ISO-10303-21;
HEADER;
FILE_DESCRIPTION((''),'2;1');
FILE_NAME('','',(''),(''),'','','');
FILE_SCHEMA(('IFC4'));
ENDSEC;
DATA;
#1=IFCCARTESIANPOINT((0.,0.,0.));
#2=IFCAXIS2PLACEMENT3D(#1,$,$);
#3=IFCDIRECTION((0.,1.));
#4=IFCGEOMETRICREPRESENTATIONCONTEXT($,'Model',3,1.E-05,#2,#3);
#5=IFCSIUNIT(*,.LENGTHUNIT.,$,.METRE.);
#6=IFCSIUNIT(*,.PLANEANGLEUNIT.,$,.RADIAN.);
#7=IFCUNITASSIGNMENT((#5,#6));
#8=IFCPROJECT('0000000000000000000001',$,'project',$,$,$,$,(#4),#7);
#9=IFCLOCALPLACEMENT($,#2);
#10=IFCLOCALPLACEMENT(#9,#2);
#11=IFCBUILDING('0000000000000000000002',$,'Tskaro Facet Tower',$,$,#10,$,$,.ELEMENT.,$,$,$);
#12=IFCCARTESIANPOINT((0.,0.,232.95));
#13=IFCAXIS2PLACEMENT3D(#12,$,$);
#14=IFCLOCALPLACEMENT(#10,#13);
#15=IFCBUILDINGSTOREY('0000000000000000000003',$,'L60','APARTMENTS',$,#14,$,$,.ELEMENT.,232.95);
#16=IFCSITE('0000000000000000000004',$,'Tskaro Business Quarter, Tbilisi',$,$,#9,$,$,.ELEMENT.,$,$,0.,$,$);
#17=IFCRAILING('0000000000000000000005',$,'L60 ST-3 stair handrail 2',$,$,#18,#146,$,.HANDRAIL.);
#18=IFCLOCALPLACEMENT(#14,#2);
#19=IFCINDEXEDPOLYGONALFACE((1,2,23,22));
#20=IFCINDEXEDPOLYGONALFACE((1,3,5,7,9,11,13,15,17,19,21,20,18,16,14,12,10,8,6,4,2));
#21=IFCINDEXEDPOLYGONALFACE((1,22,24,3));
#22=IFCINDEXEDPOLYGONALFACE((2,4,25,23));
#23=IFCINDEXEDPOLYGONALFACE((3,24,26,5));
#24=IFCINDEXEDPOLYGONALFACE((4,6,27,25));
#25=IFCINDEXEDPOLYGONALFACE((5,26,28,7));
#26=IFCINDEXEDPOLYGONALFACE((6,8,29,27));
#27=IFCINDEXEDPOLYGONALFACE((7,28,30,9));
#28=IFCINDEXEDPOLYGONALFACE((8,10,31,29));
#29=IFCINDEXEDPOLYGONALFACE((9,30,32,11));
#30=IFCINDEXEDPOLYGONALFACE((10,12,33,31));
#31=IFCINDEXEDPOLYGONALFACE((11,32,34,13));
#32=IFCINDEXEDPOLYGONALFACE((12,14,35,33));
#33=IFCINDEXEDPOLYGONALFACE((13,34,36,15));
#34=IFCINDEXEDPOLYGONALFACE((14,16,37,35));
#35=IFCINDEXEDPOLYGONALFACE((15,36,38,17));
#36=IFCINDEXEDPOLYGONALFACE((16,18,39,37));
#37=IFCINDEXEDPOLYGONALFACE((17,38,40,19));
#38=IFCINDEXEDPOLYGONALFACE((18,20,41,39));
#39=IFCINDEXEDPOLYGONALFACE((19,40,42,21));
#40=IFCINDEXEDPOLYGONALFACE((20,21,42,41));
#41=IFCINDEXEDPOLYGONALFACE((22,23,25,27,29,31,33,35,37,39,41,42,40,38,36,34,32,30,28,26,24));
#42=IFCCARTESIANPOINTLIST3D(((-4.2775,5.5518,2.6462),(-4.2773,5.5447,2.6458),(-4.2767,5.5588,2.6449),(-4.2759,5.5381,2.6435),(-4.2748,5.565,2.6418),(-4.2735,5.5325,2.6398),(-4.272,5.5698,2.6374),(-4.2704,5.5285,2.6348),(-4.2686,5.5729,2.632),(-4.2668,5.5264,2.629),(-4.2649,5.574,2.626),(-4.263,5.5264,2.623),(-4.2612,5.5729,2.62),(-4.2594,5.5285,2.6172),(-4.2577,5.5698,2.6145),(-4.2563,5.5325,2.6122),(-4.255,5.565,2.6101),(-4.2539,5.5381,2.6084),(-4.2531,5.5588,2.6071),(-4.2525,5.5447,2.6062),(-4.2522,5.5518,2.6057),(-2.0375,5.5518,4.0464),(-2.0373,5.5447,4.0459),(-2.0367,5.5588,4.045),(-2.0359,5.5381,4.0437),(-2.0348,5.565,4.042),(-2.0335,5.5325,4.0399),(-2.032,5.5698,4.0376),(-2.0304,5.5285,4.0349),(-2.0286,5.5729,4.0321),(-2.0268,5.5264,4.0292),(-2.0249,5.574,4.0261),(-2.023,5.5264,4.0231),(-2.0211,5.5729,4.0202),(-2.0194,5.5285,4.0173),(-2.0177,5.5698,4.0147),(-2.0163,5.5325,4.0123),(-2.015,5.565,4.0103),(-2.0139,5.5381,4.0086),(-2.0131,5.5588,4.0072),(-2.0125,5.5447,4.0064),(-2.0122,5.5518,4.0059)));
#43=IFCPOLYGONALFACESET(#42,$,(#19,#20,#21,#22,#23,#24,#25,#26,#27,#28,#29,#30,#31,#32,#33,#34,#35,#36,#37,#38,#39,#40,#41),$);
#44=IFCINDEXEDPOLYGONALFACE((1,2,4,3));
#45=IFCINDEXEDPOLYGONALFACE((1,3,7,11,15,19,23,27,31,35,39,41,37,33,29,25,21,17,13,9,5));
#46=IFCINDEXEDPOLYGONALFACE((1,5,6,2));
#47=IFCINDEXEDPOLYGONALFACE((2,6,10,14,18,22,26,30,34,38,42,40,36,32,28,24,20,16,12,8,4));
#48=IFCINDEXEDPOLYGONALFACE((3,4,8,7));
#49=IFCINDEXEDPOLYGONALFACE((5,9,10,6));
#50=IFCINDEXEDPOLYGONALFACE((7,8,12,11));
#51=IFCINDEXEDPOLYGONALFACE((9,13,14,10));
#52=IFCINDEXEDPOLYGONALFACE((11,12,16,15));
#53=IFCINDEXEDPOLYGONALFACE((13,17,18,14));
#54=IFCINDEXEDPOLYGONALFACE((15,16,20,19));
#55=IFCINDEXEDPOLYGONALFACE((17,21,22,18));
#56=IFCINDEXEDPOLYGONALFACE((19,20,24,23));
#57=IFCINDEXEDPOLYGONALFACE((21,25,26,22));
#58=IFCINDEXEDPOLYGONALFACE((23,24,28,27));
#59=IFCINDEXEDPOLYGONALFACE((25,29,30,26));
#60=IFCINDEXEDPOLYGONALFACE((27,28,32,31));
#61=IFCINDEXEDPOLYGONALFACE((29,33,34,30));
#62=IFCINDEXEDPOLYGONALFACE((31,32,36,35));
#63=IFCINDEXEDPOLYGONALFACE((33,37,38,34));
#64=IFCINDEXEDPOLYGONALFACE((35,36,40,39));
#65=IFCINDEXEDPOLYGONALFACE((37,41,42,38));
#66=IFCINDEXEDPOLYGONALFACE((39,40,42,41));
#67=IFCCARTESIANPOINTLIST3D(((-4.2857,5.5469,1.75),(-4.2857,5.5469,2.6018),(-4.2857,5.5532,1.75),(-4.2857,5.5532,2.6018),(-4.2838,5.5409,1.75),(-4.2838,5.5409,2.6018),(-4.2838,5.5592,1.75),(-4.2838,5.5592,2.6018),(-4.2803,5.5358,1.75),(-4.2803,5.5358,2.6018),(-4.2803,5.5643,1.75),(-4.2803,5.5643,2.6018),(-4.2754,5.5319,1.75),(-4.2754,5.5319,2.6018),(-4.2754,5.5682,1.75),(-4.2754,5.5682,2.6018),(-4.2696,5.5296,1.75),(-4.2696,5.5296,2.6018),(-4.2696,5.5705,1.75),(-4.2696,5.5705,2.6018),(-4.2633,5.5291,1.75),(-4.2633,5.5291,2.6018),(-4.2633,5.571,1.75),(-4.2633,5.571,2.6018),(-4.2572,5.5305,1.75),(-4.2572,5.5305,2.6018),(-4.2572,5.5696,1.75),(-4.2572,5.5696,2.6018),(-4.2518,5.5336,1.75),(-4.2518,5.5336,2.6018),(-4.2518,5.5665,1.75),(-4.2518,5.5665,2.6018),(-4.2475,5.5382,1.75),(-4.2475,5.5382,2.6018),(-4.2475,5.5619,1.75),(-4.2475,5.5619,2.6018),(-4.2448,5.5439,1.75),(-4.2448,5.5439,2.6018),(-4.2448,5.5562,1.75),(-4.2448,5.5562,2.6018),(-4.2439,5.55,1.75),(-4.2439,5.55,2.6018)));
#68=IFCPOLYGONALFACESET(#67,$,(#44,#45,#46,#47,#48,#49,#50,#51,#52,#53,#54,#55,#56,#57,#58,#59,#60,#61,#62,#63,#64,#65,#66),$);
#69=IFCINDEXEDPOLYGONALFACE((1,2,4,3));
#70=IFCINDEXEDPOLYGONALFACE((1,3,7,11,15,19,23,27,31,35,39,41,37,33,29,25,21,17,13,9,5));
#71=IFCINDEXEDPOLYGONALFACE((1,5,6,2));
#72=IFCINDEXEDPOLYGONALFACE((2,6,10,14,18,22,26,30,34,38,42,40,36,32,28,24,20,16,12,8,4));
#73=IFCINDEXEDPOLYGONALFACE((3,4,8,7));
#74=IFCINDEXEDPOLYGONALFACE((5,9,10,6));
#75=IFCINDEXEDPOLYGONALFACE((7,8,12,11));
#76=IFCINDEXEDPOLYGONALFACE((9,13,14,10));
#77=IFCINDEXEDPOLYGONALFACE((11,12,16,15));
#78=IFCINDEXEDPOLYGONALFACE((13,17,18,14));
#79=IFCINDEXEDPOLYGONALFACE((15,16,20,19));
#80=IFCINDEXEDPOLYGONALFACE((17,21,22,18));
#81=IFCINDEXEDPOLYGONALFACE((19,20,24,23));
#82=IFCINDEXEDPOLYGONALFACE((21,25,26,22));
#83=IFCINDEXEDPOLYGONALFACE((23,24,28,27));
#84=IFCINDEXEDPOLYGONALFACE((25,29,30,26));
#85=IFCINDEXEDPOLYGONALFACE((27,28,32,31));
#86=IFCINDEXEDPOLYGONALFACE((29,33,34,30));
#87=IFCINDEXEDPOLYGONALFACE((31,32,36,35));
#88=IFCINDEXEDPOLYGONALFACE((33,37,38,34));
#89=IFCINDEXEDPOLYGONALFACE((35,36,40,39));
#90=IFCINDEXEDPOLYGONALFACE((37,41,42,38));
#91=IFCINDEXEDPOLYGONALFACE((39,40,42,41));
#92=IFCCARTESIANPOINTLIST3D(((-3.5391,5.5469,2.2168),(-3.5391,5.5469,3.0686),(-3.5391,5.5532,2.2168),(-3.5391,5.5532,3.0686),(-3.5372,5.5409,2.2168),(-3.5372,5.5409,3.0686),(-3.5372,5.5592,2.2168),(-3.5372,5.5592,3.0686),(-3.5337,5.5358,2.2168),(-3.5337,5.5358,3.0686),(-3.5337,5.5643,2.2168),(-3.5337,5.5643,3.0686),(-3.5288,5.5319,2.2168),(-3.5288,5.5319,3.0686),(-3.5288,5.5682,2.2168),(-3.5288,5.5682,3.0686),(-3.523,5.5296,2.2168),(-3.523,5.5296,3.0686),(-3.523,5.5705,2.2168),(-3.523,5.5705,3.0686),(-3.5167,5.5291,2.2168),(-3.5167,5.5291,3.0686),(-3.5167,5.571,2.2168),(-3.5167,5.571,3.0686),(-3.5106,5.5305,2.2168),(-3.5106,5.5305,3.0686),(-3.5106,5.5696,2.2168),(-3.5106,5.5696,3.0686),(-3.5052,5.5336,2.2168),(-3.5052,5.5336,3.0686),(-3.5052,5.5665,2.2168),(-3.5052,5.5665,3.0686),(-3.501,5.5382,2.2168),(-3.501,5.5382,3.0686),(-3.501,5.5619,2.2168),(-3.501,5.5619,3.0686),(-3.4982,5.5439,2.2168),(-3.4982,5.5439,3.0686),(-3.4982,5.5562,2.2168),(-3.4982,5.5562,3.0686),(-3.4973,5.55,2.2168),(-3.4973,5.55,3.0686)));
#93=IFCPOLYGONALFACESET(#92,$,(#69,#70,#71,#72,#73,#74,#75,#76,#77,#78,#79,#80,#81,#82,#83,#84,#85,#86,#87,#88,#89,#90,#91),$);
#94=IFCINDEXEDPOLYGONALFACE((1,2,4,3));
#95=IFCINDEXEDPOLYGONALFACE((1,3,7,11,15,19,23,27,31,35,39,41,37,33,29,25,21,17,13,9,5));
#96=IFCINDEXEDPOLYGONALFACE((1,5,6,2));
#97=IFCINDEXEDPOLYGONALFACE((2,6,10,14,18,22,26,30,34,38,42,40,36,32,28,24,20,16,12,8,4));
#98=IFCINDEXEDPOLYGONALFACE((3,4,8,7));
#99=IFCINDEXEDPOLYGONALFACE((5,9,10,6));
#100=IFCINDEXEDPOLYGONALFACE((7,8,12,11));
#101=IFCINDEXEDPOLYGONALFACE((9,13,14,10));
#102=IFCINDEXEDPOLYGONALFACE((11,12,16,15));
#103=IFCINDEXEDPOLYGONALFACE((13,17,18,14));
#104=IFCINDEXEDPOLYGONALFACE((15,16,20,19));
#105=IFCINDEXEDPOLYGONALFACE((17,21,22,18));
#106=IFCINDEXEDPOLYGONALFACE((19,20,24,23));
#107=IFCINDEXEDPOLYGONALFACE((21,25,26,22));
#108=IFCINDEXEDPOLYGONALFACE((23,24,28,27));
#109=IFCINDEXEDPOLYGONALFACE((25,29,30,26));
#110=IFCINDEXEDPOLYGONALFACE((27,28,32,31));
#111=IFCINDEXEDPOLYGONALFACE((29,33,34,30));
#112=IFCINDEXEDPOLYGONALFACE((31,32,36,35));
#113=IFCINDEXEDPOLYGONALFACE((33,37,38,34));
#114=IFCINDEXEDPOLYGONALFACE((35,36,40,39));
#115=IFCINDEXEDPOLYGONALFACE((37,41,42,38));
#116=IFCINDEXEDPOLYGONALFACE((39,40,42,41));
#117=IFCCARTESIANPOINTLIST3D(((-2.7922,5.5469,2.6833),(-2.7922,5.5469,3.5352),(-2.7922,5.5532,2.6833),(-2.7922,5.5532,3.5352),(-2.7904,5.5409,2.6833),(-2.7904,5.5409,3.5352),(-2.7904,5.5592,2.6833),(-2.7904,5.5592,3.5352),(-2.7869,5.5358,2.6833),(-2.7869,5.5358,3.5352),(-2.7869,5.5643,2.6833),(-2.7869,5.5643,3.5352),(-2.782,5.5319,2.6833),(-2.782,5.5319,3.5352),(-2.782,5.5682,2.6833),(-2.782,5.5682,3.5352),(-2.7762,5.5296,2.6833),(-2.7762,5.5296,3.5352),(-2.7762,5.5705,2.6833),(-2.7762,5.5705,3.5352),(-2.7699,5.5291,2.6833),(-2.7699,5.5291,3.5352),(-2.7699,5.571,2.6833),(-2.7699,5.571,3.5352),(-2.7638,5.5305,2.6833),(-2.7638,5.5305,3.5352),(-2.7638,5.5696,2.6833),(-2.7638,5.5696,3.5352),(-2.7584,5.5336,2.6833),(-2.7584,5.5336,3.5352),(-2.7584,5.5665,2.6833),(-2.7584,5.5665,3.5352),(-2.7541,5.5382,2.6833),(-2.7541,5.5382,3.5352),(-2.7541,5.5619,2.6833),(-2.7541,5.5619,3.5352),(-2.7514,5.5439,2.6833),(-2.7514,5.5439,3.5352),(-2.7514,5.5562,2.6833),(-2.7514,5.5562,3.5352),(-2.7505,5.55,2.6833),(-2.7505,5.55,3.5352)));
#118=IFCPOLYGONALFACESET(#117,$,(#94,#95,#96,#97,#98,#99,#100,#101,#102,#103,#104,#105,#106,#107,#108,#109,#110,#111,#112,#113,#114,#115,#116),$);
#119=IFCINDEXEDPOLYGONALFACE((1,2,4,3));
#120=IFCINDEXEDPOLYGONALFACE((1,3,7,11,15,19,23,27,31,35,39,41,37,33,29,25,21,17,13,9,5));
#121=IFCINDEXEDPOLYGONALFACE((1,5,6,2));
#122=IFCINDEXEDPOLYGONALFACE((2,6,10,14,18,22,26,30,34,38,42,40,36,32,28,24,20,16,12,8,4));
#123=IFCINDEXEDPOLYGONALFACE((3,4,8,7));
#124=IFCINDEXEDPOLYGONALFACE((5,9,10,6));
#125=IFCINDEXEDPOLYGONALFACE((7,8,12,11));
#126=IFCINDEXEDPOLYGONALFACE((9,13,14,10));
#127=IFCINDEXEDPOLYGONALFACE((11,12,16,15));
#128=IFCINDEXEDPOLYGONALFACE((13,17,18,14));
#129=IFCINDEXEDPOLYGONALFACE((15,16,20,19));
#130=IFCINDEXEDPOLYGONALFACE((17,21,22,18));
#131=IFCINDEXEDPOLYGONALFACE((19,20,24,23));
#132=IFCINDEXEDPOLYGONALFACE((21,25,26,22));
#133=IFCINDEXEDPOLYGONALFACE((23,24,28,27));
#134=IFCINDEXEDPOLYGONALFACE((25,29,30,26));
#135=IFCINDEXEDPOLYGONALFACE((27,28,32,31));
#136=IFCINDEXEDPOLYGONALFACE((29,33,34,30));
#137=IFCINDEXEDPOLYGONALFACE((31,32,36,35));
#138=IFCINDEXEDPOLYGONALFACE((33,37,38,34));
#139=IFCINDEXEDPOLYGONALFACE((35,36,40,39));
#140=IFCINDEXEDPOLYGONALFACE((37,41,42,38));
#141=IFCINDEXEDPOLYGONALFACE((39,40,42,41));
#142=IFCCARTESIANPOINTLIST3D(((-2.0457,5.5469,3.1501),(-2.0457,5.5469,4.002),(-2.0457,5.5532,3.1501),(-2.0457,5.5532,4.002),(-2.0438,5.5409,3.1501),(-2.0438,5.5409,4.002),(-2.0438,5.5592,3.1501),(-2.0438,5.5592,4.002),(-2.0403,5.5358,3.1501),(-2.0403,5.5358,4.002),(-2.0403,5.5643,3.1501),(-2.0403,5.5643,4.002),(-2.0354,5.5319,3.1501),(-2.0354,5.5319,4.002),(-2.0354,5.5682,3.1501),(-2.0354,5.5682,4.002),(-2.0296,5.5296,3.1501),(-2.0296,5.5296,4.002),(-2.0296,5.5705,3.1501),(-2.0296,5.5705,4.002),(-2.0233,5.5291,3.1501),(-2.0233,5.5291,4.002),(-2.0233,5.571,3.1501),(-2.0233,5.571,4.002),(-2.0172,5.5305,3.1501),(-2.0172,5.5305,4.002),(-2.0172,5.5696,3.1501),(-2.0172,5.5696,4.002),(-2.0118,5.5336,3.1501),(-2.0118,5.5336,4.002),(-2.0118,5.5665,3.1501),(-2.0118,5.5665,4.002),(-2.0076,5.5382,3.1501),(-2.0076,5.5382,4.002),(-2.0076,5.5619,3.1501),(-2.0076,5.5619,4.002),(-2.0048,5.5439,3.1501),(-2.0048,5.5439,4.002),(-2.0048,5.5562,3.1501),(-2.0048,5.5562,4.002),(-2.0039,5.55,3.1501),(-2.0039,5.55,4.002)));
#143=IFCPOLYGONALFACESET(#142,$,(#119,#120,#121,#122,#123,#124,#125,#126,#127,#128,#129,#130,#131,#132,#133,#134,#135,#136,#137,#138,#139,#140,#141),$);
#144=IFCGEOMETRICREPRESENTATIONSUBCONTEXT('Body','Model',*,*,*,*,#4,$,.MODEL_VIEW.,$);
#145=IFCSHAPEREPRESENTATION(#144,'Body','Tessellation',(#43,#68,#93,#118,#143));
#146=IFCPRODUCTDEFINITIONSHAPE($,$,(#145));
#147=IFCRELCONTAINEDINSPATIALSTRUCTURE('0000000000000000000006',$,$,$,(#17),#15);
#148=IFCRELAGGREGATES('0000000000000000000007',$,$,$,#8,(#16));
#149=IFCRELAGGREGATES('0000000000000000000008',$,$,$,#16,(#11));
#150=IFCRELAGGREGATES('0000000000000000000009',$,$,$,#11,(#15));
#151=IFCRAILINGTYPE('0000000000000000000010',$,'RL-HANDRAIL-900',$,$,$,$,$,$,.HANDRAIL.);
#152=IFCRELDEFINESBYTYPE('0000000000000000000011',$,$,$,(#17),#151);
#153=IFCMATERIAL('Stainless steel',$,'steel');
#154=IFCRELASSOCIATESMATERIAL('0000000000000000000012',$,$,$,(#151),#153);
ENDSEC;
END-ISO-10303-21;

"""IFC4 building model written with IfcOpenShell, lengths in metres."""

from ifc_helpers import new_model, si_unit, direction, frame, origin, origin_2d, place, context, subcontext, project, spatial, circle, extrude, material, type_object, element, save


model = new_model("IFC4")

# Units and contexts
model_context = context("Model", 3, precision=1e-05, world=origin(), true_north=direction((0.0, 1.0)))
body_context = subcontext(model_context, "Body", "Model", "MODEL_VIEW")
ifc_project = project(units=[si_unit("LENGTHUNIT", "METRE"), si_unit("PLANEANGLEUNIT", "RADIAN")], contexts=[model_context])

# Site, building, storey
site_placement = place(None, origin())
site = spatial("IfcSite", under=ifc_project, at=site_placement, Name="Tskaro Business Quarter, Tbilisi", CompositionType="ELEMENT", RefElevation=0.0)
building_placement = place(site_placement, origin())
building = spatial("IfcBuilding", under=site, at=building_placement, Name="Tskaro Facet Tower", CompositionType="ELEMENT")
storey_placement = place(building_placement, frame((0.0, 0.0, 232.95)))
storey = spatial("IfcBuildingStorey", under=building, at=storey_placement, Name="L60", Description="APARTMENTS", CompositionType="ELEMENT", Elevation=232.95)

# Railing
ifc_material_1 = material(Name="Stainless steel", Category="steel")
railing_type_1 = type_object("IfcRailingType", Name="RL-HANDRAIL-900", PredefinedType="HANDRAIL", material=ifc_material_1)
railing_1_placement = place(storey_placement, frame((-4.2649, 5.55, 1.75)))
element("IfcRailing", 1, at=railing_1_placement, inside=storey, type_object=railing_type_1, Name="L60 ST-3 stair handrail 2", PredefinedType="HANDRAIL", context=body_context, shape_type="SweptSolid", body=[
    extrude(circle(Radius=0.0239, at=origin_2d()), frame((0.0, 0.0, 0.876), z_axis=(0.847972, 0.0, 0.53004), x_axis=(0.0, 1.0, 0.0)), (0.0, 0.0, 1.0), 2.6416),
    extrude(circle(Radius=0.021, at=origin_2d()), origin(), (0.0, 0.0, 1.0), 0.8518),
    extrude(circle(Radius=0.021, at=origin_2d()), frame((0.7466, 0.0, 0.4668)), (0.0, 0.0, 1.0), 0.8518),
    extrude(circle(Radius=0.021, at=origin_2d()), frame((1.4934, 0.0, 0.9333)), (0.0, 0.0, 1.0), 0.8518),
    extrude(circle(Radius=0.021, at=origin_2d()), frame((2.24, 0.0, 1.4001)), (0.0, 0.0, 1.0), 0.8518),
])

save(model, "model.ifc")
